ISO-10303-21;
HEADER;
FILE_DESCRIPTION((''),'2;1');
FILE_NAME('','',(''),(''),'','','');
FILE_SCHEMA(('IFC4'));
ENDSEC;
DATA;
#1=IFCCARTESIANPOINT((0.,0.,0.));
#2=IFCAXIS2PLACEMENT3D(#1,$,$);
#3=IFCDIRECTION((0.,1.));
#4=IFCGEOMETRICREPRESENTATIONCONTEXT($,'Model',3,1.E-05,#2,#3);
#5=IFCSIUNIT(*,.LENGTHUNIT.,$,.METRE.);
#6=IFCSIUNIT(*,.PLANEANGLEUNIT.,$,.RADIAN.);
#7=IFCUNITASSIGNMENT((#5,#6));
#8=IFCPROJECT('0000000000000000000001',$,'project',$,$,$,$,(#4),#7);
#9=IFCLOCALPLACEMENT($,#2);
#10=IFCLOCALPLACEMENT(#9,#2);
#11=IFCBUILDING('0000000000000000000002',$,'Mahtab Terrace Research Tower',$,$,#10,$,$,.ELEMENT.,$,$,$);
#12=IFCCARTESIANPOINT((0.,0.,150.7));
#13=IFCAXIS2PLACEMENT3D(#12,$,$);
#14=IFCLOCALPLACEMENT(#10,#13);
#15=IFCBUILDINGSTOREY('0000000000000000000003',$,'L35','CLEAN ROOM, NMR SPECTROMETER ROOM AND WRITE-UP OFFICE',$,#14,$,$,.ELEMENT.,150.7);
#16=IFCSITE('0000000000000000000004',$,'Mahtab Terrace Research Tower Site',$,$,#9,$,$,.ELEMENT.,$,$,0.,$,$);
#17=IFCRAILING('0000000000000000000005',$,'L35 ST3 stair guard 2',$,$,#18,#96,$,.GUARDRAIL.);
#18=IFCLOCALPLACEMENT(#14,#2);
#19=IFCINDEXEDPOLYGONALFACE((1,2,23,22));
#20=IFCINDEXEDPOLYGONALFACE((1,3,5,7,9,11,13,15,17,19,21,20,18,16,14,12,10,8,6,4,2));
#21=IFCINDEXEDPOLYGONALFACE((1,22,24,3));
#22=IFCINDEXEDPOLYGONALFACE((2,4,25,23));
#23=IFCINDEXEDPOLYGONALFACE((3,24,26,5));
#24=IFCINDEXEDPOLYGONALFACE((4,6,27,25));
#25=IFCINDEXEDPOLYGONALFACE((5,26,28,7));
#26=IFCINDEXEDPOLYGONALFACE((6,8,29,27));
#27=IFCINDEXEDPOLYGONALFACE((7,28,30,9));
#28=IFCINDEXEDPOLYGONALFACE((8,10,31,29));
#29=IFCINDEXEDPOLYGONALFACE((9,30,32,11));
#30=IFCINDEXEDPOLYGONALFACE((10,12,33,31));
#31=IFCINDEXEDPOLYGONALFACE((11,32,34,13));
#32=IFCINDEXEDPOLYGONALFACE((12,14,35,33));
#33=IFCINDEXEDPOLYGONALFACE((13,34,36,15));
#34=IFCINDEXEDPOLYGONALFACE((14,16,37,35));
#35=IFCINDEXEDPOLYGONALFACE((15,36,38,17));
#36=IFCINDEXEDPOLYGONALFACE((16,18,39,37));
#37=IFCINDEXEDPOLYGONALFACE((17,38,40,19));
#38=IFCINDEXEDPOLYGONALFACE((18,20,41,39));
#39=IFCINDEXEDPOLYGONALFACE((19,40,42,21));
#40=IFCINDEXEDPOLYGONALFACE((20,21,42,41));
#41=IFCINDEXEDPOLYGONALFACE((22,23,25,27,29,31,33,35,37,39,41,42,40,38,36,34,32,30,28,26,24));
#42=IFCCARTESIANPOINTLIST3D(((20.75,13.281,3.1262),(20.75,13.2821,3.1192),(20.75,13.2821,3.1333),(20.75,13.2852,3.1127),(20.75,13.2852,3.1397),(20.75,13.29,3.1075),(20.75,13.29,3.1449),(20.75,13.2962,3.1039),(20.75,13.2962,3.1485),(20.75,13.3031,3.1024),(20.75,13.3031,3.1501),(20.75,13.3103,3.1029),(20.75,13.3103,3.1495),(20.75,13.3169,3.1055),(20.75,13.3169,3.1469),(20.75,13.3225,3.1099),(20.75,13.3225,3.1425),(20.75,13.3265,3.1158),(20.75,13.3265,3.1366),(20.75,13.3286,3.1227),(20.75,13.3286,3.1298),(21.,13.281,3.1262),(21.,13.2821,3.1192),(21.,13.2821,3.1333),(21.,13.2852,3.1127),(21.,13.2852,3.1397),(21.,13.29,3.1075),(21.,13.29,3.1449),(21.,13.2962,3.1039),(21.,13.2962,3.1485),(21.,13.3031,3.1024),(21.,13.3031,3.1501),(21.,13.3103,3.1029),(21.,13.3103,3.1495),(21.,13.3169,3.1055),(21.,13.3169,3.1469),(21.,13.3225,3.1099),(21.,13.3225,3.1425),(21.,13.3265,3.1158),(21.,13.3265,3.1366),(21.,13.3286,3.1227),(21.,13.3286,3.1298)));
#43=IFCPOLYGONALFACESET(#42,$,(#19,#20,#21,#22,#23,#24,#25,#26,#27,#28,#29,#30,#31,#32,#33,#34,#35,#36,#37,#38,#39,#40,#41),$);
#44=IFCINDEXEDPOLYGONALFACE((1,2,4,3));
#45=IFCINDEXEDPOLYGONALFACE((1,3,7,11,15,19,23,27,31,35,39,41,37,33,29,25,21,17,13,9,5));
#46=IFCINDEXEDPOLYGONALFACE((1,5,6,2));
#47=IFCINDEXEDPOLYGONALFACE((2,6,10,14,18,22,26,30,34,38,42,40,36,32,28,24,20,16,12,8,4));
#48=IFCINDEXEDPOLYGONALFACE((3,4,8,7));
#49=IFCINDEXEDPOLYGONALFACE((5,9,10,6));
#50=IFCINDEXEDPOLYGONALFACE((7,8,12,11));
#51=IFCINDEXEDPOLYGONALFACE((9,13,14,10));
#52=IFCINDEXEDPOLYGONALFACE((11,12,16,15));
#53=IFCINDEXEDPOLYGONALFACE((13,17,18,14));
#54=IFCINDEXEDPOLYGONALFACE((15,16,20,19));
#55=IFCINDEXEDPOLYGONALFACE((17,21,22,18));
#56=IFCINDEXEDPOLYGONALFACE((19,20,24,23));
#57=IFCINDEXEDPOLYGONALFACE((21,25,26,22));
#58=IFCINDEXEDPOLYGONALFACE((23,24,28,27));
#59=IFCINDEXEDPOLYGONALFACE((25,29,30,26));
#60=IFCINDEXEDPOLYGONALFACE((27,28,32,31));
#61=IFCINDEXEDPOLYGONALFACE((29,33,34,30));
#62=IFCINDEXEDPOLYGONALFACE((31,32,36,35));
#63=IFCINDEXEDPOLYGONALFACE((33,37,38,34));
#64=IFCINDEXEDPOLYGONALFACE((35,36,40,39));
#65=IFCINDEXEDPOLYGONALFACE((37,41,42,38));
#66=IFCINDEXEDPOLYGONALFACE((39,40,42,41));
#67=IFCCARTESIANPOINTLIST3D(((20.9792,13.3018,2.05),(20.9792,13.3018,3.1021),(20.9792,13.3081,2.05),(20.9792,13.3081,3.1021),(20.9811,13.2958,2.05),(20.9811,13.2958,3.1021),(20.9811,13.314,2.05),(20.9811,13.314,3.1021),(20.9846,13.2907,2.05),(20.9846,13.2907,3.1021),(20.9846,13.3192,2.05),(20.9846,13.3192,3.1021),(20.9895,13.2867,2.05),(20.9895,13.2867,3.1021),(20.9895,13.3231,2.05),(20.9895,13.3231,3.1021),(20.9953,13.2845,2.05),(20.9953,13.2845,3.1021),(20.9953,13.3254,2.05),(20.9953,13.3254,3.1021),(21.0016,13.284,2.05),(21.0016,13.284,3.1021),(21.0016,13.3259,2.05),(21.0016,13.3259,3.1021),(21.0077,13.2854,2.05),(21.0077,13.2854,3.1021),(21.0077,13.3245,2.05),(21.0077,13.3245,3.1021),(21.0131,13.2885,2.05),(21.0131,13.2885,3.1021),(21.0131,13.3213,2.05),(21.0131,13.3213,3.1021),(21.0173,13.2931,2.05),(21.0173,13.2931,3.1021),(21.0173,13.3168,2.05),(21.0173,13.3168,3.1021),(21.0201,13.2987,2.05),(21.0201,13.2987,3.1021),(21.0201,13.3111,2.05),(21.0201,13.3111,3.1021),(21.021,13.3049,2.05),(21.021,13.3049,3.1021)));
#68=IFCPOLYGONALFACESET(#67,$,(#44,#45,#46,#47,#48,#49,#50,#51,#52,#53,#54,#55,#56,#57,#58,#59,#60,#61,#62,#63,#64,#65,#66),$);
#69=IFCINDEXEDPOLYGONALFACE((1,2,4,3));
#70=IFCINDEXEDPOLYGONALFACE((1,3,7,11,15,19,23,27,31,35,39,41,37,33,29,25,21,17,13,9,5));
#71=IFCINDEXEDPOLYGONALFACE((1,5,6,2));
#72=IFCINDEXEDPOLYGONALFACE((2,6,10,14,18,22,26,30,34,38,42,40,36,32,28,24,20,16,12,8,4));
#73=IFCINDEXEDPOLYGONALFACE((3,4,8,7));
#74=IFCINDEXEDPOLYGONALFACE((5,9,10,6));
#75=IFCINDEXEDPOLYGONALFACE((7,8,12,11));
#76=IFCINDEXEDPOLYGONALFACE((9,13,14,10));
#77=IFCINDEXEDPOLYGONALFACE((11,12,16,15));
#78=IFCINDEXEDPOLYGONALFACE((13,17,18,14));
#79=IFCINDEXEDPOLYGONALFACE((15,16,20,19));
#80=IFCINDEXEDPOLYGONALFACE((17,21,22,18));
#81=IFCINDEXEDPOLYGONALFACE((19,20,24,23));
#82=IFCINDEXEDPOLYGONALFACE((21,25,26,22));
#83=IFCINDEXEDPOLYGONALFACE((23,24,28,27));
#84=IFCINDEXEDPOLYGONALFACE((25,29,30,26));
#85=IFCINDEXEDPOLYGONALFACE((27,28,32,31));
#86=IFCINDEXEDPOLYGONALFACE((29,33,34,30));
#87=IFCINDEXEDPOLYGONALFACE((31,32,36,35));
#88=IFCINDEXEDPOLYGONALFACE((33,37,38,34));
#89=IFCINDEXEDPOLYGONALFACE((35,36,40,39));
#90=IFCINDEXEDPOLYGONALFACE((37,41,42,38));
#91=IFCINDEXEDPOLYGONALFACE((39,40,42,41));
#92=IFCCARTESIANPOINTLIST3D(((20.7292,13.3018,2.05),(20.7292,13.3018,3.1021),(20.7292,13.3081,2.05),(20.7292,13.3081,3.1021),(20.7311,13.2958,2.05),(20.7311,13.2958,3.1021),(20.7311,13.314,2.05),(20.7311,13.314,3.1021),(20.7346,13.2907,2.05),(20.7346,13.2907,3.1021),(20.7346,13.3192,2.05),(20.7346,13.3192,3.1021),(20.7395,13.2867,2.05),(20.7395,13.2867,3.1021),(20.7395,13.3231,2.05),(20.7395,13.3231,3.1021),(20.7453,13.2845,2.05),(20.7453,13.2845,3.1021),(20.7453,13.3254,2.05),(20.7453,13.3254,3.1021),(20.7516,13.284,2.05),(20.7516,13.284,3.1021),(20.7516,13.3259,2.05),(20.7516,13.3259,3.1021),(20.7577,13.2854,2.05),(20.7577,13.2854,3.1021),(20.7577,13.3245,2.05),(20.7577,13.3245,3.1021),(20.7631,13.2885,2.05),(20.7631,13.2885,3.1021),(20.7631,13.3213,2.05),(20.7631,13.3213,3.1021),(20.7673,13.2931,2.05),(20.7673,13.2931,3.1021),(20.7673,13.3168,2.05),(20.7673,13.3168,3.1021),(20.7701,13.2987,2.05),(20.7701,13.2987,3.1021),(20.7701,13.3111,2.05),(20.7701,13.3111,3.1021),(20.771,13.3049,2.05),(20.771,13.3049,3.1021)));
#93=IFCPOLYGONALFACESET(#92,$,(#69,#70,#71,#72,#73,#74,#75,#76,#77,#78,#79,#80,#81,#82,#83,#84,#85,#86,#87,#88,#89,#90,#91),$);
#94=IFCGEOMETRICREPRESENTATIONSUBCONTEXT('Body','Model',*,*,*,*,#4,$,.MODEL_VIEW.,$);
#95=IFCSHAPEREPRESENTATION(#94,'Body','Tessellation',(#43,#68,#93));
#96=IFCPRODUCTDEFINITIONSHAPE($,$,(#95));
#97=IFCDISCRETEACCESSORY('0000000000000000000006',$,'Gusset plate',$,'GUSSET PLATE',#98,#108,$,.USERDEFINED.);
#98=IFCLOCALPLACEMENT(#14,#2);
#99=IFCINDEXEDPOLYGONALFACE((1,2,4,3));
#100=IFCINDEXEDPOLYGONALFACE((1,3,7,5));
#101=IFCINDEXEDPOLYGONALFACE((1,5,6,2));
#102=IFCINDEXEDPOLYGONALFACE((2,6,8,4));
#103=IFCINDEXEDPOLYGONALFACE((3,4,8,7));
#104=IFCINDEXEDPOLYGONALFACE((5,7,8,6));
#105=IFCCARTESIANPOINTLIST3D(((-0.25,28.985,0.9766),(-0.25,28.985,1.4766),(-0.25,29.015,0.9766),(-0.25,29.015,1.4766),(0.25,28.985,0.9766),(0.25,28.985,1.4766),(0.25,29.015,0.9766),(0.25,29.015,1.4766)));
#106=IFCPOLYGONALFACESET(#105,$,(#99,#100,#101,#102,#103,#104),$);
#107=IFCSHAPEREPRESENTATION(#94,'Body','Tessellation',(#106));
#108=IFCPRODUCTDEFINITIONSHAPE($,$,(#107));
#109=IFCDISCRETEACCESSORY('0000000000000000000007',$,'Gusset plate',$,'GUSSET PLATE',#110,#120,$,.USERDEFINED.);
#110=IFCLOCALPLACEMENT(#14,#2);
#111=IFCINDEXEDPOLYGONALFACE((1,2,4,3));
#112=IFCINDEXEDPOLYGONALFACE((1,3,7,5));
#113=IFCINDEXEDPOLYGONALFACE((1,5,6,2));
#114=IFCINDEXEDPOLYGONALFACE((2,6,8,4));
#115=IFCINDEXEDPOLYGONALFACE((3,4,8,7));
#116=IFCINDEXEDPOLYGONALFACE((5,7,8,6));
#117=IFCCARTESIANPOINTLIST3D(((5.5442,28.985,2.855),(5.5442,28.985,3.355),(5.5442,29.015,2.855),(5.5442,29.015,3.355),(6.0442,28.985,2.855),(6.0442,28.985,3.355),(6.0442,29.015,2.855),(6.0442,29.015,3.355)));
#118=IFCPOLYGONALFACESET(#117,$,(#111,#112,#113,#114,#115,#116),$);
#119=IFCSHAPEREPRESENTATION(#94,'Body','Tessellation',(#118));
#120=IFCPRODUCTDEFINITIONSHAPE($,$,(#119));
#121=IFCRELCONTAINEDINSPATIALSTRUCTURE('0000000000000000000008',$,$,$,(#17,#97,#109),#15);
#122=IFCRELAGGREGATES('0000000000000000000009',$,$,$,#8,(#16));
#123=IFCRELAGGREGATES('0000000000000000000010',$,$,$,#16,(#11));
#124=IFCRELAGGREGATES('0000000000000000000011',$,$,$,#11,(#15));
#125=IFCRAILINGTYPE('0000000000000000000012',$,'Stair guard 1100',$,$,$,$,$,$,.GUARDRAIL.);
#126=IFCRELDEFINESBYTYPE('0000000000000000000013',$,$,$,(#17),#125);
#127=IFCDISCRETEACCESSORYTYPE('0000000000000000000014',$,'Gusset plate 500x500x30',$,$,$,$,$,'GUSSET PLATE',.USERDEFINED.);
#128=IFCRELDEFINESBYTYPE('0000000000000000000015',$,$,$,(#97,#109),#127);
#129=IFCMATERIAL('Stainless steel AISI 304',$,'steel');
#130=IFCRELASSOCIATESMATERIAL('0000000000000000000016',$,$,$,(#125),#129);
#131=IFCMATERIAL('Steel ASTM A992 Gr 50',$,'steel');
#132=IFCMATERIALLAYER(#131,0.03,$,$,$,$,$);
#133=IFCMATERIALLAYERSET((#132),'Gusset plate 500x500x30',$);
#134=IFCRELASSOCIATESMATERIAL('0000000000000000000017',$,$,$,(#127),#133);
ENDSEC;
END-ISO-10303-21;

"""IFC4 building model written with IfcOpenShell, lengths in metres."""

from ifc_helpers import new_model, si_unit, direction, frame, origin, origin_2d, place, context, subcontext, project, spatial, rectangle, circle, extrude, material, layer, layer_set, type_object, element, save


model = new_model("IFC4")

# Units and contexts
model_context = context("Model", 3, precision=1e-05, world=origin(), true_north=direction((0.0, 1.0)))
body_context = subcontext(model_context, "Body", "Model", "MODEL_VIEW")
ifc_project = project(units=[si_unit("LENGTHUNIT", "METRE"), si_unit("PLANEANGLEUNIT", "RADIAN")], contexts=[model_context])

# Site, building, storey
site_placement = place(None, origin())
site = spatial("IfcSite", under=ifc_project, at=site_placement, Name="Mahtab Terrace Research Tower Site", CompositionType="ELEMENT", RefElevation=0.0)
building_placement = place(site_placement, origin())
building = spatial("IfcBuilding", under=site, at=building_placement, Name="Mahtab Terrace Research Tower", CompositionType="ELEMENT")
storey_placement = place(building_placement, frame((0.0, 0.0, 150.7)))
storey = spatial("IfcBuildingStorey", under=building, at=storey_placement, Name="L35", Description="CLEAN ROOM, NMR SPECTROMETER ROOM AND WRITE-UP OFFICE", CompositionType="ELEMENT", Elevation=150.7)

# Shared definitions
ifc_material_1 = material(Name="Steel ASTM A992 Gr 50", Category="steel")

# Railing
ifc_material_2 = material(Name="Stainless steel AISI 304", Category="steel")
railing_type = type_object("IfcRailingType", Name="Stair guard 1100", PredefinedType="GUARDRAIL", material=ifc_material_2)
railing_placement = place(storey_placement, frame((21.0, 13.3049, 2.05)))
element("IfcRailing", 1, at=railing_placement, inside=storey, type_object=railing_type, Name="L35 ST3 stair guard 2", PredefinedType="GUARDRAIL", context=body_context, shape_type="SweptSolid", body=[
    extrude(circle(Radius=0.0239, at=origin_2d()), frame((0.0, 0.0, 1.0762), z_axis=(-1.0, 0.0, 0.0), x_axis=(0.0, -1.0, 0.0)), (0.0, 0.0, 1.0), 0.25),
    extrude(circle(Radius=0.021, at=origin_2d()), origin(), (0.0, 0.0, 1.0), 1.052),
    extrude(circle(Radius=0.021, at=origin_2d()), frame((-0.25, 0.0, 0.0)), (0.0, 0.0, 1.0), 1.052),
])

# Discrete accessories
ifc_layer_1 = layer(ifc_material_1, 0.03)
ifc_layer_set_1 = layer_set([ifc_layer_1], Name="Gusset plate 500x500x30")
discrete_accessory_type = type_object("IfcDiscreteAccessoryType", Name="Gusset plate 500x500x30", ElementType="GUSSET PLATE", PredefinedType="USERDEFINED", material=ifc_layer_set_1)
for number, where, z_axis, x_axis, name in (
    (2, (0.0, 29.0, 0.9766), (0.0, 0.0, 1.0), (1.0, 0.0, 0.0), "Gusset plate"),
    (3, (5.7942, 29.0, 2.855), (0.0, 0.0, 1.0), (1.0, 0.0, 0.0), "Gusset plate"),
):
    element("IfcDiscreteAccessory", number, at=place(storey_placement, frame(where, z_axis=z_axis, x_axis=x_axis)), inside=storey, type_object=discrete_accessory_type, Name=name, ObjectType="GUSSET PLATE", PredefinedType="USERDEFINED", context=body_context, shape_type="SweptSolid", body=[
        extrude(rectangle(XDim=0.5, YDim=0.03, at=origin_2d()), origin(), (0.0, 0.0, 1.0), 0.5),
    ])

save(model, "model.ifc")
